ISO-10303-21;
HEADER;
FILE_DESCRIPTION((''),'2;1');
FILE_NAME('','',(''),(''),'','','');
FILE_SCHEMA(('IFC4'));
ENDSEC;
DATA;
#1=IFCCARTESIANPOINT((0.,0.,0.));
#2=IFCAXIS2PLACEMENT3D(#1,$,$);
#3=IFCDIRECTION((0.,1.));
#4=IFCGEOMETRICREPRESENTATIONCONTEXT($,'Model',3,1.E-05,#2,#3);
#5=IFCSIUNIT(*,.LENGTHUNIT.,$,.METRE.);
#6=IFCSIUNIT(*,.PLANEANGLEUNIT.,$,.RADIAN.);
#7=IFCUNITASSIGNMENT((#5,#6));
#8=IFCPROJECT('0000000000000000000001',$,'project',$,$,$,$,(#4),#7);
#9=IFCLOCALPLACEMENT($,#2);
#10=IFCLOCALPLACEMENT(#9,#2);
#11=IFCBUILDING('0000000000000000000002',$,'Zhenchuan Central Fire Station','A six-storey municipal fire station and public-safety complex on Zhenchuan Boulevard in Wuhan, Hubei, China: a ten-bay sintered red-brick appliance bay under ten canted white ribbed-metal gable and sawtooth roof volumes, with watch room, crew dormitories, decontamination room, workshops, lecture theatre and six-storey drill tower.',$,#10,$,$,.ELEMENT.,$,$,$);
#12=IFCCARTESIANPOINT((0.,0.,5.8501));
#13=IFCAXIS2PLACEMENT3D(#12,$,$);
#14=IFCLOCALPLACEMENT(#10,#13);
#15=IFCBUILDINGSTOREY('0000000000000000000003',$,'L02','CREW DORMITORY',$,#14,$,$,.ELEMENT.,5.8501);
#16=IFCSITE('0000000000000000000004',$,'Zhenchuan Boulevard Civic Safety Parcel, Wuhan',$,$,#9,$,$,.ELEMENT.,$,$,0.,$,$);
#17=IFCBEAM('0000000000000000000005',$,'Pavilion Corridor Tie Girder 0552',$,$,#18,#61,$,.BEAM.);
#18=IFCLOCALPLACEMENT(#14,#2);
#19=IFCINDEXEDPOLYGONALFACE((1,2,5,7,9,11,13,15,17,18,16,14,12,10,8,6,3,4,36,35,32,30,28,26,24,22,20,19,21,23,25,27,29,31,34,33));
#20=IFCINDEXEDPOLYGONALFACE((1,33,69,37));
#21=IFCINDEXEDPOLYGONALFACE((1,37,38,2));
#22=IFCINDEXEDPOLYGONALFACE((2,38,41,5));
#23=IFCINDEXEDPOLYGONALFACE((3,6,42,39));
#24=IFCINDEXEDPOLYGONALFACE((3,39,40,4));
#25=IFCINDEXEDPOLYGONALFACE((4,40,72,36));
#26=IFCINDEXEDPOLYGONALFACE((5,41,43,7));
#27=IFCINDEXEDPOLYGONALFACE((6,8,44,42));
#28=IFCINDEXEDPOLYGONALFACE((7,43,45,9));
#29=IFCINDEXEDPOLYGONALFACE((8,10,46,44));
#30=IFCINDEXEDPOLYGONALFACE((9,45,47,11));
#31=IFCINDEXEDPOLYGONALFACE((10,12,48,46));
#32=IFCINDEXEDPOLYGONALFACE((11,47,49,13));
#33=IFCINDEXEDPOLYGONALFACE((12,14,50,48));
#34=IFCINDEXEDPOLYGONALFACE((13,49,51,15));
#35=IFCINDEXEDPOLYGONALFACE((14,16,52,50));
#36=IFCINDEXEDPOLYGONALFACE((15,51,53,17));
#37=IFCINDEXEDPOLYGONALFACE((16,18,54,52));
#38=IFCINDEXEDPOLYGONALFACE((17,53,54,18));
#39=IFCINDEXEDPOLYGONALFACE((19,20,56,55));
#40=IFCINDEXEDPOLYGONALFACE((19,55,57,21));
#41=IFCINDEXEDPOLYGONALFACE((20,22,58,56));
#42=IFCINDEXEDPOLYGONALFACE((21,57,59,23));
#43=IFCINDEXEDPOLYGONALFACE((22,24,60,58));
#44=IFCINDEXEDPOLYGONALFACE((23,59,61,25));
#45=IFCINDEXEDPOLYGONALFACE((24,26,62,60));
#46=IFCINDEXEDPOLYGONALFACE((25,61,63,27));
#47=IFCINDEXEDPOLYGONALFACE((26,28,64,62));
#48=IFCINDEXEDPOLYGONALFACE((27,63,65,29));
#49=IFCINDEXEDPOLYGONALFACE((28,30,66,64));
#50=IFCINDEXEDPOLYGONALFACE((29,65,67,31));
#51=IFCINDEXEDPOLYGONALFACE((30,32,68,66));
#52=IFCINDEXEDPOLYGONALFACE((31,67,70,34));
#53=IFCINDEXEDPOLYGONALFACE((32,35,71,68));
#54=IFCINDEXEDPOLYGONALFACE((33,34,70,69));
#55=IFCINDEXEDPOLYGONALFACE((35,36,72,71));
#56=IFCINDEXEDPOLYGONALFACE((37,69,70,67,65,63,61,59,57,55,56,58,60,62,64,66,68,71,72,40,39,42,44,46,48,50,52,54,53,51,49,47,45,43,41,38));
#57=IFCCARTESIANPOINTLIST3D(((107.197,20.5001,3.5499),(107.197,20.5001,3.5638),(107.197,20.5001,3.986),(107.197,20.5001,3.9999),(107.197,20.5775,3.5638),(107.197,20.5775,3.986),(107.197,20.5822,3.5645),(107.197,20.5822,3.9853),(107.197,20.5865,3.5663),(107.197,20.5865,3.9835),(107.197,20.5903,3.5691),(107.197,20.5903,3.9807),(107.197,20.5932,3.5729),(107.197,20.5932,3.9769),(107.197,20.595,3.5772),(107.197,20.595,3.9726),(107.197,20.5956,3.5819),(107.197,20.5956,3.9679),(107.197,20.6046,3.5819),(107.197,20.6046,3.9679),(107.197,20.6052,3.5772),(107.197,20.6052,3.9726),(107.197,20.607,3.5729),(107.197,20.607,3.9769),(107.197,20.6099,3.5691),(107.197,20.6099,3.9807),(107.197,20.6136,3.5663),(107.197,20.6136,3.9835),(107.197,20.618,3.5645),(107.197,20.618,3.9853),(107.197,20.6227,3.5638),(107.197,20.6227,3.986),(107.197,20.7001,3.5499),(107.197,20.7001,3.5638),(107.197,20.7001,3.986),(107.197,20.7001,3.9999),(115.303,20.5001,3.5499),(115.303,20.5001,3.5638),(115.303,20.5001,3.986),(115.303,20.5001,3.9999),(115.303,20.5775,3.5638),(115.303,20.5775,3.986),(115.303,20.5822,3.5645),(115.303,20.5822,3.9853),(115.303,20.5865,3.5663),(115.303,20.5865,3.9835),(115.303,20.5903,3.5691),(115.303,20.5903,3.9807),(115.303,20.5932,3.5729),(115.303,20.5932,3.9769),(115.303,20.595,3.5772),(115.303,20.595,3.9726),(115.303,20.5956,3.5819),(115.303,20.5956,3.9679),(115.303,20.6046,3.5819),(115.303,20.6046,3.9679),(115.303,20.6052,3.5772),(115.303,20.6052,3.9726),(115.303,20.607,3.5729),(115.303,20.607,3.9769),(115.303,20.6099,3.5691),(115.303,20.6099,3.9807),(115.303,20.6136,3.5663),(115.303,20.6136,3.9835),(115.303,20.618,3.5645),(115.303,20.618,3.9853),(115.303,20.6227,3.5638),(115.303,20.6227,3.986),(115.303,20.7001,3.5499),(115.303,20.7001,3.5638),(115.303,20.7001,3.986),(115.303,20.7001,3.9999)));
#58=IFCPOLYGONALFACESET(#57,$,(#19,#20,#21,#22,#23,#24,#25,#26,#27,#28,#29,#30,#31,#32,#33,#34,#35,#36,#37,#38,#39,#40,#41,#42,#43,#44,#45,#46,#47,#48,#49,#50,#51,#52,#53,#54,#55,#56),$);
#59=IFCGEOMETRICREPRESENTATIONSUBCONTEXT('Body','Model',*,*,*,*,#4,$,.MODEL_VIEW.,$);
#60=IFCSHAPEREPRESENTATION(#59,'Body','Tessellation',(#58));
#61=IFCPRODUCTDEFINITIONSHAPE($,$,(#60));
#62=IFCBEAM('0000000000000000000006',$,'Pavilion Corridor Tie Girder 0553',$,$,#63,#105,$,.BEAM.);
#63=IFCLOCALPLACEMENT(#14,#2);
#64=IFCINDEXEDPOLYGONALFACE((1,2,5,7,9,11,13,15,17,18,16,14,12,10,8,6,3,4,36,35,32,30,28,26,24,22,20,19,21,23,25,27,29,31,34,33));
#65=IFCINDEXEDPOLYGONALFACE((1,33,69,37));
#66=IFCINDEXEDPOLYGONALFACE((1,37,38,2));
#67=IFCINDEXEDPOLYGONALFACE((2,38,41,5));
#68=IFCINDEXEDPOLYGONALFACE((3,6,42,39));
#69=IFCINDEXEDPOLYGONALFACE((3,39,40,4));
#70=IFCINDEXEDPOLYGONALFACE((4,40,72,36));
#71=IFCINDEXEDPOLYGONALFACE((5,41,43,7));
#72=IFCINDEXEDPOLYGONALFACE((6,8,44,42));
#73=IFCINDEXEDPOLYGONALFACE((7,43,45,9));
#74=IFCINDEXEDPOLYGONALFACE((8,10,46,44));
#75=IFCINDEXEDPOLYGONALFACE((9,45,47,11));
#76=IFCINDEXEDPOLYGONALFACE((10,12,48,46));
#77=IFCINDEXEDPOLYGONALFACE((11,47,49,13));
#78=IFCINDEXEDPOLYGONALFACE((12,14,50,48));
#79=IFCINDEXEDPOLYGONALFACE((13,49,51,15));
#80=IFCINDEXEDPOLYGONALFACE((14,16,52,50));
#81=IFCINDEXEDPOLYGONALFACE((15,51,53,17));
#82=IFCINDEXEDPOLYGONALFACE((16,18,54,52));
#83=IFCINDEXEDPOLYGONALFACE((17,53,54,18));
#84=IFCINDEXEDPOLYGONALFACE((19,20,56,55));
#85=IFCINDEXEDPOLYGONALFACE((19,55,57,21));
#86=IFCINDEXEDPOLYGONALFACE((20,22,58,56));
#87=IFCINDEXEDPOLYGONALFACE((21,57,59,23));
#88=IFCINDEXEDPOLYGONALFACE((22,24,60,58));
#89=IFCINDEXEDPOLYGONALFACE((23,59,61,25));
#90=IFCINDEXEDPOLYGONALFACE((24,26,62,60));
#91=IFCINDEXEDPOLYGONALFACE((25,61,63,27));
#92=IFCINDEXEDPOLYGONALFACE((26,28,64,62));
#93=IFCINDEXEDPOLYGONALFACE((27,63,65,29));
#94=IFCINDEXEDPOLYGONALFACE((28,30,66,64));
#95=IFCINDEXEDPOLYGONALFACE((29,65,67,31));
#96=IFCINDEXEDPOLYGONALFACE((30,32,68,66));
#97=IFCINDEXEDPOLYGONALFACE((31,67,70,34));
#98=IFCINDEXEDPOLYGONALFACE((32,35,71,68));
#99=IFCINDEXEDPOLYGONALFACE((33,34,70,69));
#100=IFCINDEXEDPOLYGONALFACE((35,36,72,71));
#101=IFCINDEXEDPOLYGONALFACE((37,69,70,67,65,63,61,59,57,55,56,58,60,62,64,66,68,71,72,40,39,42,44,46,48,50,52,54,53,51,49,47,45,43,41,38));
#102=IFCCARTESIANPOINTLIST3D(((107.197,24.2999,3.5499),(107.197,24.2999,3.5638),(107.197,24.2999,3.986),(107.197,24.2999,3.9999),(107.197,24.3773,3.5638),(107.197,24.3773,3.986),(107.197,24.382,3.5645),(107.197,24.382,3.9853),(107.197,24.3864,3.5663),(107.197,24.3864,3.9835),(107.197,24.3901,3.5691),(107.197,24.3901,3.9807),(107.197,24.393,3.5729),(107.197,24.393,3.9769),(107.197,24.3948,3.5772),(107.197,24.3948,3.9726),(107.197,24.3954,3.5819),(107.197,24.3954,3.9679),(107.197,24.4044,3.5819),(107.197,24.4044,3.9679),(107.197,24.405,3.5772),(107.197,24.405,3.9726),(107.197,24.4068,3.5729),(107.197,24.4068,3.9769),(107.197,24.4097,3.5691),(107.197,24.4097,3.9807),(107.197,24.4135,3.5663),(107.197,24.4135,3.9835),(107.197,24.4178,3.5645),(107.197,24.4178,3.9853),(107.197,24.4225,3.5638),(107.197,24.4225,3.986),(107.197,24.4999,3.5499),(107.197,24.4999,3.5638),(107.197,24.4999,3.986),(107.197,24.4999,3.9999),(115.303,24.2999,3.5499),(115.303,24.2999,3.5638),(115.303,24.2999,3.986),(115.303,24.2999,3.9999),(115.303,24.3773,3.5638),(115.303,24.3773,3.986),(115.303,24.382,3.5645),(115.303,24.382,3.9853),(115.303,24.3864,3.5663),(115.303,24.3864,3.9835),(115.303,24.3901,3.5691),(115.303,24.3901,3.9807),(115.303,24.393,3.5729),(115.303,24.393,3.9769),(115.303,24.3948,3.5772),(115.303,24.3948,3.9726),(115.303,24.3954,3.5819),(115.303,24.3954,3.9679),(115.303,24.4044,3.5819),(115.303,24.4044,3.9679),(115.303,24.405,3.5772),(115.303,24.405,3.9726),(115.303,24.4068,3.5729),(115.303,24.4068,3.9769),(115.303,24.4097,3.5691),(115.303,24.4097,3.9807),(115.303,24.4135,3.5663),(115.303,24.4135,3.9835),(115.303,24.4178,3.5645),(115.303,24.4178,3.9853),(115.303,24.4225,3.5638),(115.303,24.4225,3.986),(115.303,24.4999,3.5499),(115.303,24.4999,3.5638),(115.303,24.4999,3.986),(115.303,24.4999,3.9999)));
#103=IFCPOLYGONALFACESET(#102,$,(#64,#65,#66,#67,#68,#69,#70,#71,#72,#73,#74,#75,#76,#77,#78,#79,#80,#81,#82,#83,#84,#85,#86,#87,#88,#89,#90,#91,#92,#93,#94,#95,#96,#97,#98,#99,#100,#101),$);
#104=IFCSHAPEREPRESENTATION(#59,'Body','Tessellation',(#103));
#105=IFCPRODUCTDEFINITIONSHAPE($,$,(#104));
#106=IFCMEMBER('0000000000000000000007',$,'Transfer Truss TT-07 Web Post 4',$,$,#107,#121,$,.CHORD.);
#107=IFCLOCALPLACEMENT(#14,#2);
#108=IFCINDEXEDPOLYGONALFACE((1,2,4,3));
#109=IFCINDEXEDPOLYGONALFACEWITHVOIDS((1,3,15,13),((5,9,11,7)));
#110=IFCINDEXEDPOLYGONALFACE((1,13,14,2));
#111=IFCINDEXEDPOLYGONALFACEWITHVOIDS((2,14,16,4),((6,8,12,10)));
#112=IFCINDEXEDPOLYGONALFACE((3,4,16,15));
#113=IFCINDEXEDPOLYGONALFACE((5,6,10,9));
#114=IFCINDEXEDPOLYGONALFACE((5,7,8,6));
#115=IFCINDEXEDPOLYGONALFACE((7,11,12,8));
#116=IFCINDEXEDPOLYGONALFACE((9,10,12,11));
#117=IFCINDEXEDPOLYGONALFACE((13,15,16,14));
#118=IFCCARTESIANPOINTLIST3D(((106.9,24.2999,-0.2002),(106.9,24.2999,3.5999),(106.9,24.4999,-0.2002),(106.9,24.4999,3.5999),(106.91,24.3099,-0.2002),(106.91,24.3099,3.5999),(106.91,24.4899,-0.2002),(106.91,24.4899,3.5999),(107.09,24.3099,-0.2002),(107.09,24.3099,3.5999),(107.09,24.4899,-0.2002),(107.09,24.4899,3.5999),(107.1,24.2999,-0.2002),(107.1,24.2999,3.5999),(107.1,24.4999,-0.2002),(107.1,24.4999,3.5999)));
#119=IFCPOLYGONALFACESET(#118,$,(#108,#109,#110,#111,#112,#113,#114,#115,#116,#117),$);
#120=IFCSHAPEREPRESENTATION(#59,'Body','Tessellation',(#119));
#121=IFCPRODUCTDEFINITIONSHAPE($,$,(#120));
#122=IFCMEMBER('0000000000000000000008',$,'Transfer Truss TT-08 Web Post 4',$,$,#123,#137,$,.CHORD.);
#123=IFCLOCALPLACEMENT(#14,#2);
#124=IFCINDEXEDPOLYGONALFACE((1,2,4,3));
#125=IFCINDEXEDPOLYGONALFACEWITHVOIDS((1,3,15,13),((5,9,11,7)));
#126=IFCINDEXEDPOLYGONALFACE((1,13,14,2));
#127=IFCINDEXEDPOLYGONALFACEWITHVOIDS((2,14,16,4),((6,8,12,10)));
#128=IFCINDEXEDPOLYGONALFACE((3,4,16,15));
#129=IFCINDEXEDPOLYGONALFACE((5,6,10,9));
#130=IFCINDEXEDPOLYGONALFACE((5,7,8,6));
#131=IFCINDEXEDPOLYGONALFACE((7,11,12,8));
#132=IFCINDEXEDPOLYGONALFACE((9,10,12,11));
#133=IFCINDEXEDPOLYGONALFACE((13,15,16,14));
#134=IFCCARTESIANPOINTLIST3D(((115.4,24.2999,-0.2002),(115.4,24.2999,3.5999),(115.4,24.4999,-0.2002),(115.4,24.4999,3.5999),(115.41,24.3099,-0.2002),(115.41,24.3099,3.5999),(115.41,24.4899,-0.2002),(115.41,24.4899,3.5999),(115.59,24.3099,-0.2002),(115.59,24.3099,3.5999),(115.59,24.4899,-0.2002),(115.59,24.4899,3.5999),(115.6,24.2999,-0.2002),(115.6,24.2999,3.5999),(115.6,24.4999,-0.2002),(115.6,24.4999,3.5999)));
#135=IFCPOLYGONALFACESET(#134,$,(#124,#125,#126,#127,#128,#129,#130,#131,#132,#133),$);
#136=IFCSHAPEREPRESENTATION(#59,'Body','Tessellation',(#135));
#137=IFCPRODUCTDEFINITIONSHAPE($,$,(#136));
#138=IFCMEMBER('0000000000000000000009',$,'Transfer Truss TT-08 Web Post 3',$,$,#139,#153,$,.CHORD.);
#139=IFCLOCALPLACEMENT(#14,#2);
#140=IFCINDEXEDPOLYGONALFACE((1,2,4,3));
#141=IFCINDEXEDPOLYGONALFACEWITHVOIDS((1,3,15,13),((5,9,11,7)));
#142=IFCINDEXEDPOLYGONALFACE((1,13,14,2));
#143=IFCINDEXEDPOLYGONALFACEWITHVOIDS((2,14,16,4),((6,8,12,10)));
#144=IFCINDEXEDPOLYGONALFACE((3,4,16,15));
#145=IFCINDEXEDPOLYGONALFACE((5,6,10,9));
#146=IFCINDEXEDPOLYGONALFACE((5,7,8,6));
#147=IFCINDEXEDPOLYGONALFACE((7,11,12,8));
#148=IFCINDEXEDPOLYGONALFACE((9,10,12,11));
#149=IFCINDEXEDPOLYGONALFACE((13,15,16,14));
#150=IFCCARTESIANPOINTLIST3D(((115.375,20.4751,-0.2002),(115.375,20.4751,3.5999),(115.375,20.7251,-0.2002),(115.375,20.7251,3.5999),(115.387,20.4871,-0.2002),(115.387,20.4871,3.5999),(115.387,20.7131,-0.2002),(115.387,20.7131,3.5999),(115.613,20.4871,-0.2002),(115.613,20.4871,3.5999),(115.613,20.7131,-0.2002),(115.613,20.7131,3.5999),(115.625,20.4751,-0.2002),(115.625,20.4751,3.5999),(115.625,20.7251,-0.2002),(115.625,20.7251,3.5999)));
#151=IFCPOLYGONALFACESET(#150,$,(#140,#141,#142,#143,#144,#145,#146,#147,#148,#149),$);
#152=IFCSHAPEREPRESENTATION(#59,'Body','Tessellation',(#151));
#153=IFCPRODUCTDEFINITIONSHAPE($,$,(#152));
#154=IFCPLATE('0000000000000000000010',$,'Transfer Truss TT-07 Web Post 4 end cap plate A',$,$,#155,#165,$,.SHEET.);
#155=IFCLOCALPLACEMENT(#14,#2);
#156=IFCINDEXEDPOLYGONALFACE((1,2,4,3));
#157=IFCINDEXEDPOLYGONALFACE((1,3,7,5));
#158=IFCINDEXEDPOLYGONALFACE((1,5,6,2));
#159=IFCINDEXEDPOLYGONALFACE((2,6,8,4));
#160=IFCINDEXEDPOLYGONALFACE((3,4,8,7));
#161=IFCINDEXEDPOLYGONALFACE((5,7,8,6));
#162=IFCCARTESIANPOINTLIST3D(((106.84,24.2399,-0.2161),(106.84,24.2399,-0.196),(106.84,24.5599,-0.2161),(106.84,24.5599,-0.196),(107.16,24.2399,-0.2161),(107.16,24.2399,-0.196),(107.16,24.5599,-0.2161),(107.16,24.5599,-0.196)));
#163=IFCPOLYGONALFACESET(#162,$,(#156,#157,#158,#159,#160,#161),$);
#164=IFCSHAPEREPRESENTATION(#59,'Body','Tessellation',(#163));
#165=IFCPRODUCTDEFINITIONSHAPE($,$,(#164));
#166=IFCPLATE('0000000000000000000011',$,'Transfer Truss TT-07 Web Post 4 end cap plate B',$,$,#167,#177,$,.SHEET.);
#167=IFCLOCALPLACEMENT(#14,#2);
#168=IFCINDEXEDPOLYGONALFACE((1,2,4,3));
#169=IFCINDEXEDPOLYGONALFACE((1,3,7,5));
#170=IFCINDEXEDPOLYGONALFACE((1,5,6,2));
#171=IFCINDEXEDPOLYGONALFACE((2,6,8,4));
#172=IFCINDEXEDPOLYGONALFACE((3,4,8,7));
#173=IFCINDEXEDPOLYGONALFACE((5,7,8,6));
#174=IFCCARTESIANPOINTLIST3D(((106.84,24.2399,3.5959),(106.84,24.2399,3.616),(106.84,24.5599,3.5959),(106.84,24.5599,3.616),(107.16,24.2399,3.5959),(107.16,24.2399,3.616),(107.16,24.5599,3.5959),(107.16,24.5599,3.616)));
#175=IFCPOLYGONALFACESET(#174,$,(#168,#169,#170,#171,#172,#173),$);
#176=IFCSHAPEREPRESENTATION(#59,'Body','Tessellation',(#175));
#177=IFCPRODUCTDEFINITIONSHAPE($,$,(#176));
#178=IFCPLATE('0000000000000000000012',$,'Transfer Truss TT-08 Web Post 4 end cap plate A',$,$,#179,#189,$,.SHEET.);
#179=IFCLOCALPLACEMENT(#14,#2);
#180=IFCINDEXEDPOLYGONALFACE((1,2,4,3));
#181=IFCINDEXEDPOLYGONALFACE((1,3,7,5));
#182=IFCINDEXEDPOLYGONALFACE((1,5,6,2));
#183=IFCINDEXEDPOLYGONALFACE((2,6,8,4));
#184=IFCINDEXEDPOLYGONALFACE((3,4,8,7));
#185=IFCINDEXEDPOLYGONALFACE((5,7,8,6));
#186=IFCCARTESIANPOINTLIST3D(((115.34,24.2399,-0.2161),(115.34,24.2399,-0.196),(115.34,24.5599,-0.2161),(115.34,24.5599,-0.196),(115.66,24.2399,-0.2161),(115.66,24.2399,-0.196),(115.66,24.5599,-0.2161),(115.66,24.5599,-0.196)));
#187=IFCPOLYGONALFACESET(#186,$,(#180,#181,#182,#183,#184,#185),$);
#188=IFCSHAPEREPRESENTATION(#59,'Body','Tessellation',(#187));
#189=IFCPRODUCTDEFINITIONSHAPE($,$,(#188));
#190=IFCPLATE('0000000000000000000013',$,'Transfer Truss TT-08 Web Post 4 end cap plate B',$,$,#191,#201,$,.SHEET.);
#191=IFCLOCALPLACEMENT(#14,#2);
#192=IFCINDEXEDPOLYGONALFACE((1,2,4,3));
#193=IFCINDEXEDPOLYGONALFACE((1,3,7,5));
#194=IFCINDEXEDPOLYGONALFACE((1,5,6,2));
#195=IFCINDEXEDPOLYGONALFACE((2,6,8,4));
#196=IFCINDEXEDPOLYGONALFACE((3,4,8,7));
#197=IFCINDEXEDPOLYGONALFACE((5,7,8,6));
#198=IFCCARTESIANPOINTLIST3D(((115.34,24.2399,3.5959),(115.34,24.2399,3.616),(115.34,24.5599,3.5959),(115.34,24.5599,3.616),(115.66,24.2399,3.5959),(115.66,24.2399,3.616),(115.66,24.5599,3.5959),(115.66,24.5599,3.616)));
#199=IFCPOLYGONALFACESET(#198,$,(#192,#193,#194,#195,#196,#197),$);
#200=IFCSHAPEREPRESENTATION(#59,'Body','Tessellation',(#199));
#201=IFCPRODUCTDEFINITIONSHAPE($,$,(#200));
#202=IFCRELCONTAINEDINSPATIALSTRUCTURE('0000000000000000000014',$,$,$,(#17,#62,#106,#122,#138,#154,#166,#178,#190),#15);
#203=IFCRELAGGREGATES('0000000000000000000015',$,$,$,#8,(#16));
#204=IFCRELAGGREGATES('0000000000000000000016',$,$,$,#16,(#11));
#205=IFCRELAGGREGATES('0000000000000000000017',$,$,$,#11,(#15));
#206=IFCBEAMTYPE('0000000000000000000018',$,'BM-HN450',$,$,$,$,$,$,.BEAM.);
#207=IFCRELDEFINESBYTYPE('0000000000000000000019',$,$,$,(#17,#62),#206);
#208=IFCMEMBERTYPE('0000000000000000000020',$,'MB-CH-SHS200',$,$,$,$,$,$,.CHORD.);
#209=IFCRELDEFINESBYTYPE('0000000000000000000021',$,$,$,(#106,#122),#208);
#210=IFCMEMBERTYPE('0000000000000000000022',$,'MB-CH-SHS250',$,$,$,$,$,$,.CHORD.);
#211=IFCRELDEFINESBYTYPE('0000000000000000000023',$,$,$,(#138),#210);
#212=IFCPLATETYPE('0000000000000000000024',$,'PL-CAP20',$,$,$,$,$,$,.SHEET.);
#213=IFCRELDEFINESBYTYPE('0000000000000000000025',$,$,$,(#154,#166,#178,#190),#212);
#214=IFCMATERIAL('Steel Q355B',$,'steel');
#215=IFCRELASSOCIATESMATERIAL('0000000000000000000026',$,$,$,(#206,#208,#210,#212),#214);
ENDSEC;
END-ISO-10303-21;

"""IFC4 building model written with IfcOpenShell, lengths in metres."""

from ifc_helpers import new_model, si_unit, direction, frame, origin, origin_2d, place, context, subcontext, project, spatial, rectangle, hollow_rectangle, i_section, extrude, material, material_profile, profile_set, type_object, element, save


model = new_model("IFC4")

# Units and contexts
model_context = context("Model", 3, precision=1e-05, world=origin(), true_north=direction((0.0, 1.0)))
body_context = subcontext(model_context, "Body", "Model", "MODEL_VIEW")
ifc_project = project(units=[si_unit("LENGTHUNIT", "METRE"), si_unit("PLANEANGLEUNIT", "RADIAN")], contexts=[model_context])

# Site, building, storey
site_placement = place(None, origin())
site = spatial("IfcSite", under=ifc_project, at=site_placement, Name="Zhenchuan Boulevard Civic Safety Parcel, Wuhan", CompositionType="ELEMENT", RefElevation=0.0)
building_placement = place(site_placement, origin())
building = spatial("IfcBuilding", under=site, at=building_placement, Name="Zhenchuan Central Fire Station", Description="A six-storey municipal fire station and public-safety complex on Zhenchuan Boulevard in Wuhan, Hubei, China: a ten-bay sintered red-brick appliance bay under ten canted white ribbed-metal gable and sawtooth roof volumes, with watch room, crew dormitories, decontamination room, workshops, lecture theatre and six-storey drill tower.", CompositionType="ELEMENT")
storey_placement = place(building_placement, frame((0.0, 0.0, 5.8501)))
storey = spatial("IfcBuildingStorey", under=building, at=storey_placement, Name="L02", Description="CREW DORMITORY", CompositionType="ELEMENT", Elevation=5.8501)

# Beams
ifc_material_1 = material(Name="Steel Q355B", Category="steel")
ifc_material_profile_1 = material_profile(ifc_material_1, i_section(OverallWidth=0.2, OverallDepth=0.45, WebThickness=0.009, FlangeThickness=0.0139, FilletRadius=0.0181, at=origin_2d()), Name="HN 450x200")
ifc_profile_set_1 = profile_set([ifc_material_profile_1], Name="Steel Q355B")
beam_type = type_object("IfcBeamType", Name="BM-HN450", PredefinedType="BEAM", material=ifc_profile_set_1)
for number, where, z_axis, x_axis, name in (
    (1, (107.197, 20.6001, 3.7749), (1.0, 0.0, 0.0), (0.0, 1.0, 0.0), "Pavilion Corridor Tie Girder 0552"),
    (2, (107.197, 24.3999, 3.7749), (1.0, 0.0, 0.0), (0.0, 1.0, 0.0), "Pavilion Corridor Tie Girder 0553"),
):
    element("IfcBeam", number, at=place(storey_placement, frame(where, z_axis=z_axis, x_axis=x_axis)), inside=storey, type_object=beam_type, Name=name, PredefinedType="BEAM", context=body_context, shape_type="SweptSolid", body=[
        extrude(i_section(OverallWidth=0.2, OverallDepth=0.45, WebThickness=0.009, FlangeThickness=0.0139, FilletRadius=0.0181, at=origin_2d()), origin(), (0.0, 0.0, 1.0), 8.106),
    ])

# Members
ifc_material_profile_2 = material_profile(ifc_material_1, hollow_rectangle(XDim=0.2, YDim=0.2, WallThickness=0.01, at=origin_2d()), Name="SHS 200x200x10")
ifc_profile_set_2 = profile_set([ifc_material_profile_2], Name="Steel Q355B")
member_type_1 = type_object("IfcMemberType", Name="MB-CH-SHS200", PredefinedType="CHORD", material=ifc_profile_set_2)
for number, where, z_axis, x_axis, name in (
    (3, (107.0, 24.3999, -0.2002), (0.0, 0.0, 1.0), (1.0, 0.0, 0.0), "Transfer Truss TT-07 Web Post 4"),
    (4, (115.5, 24.3999, -0.2002), (0.0, 0.0, 1.0), (1.0, 0.0, 0.0), "Transfer Truss TT-08 Web Post 4"),
):
    element("IfcMember", number, at=place(storey_placement, frame(where, z_axis=z_axis, x_axis=x_axis)), inside=storey, type_object=member_type_1, Name=name, PredefinedType="CHORD", context=body_context, shape_type="SweptSolid", body=[
        extrude(hollow_rectangle(XDim=0.2, YDim=0.2, WallThickness=0.01, at=origin_2d()), origin(), (0.0, 0.0, 1.0), 3.8),
    ])
ifc_material_profile_3 = material_profile(ifc_material_1, hollow_rectangle(XDim=0.25, YDim=0.25, WallThickness=0.012, at=origin_2d()), Name="SHS 250x250x12")
ifc_profile_set_3 = profile_set([ifc_material_profile_3], Name="Steel Q355B")
member_type_2 = type_object("IfcMemberType", Name="MB-CH-SHS250", PredefinedType="CHORD", material=ifc_profile_set_3)
member_placement = place(storey_placement, frame((115.5, 20.6001, -0.2002), z_axis=(0.0, 0.0, 1.0), x_axis=(1.0, 0.0, 0.0)))
element("IfcMember", 5, at=member_placement, inside=storey, type_object=member_type_2, Name="Transfer Truss TT-08 Web Post 3", PredefinedType="CHORD", context=body_context, shape_type="SweptSolid", body=[
    extrude(hollow_rectangle(XDim=0.25, YDim=0.25, WallThickness=0.012, at=origin_2d()), origin(), (0.0, 0.0, 1.0), 3.8),
])

# Plates
ifc_material_profile_4 = material_profile(ifc_material_1, rectangle(XDim=0.3201, YDim=0.3201, at=origin_2d()), Name="PL 320x320x20")
ifc_profile_set_4 = profile_set([ifc_material_profile_4], Name="Steel Q355B")
plate_type_1 = type_object("IfcPlateType", Name="PL-CAP20", PredefinedType="SHEET", material=ifc_profile_set_4)
for number, where, z_axis, x_axis, name in (
    (6, (107.0, 24.3999, -0.2161), (0.0, 0.0, 1.0), (1.0, 0.0, 0.0), "Transfer Truss TT-07 Web Post 4 end cap plate A"),
    (7, (107.0, 24.3999, 3.5959), (0.0, 0.0, 1.0), (1.0, 0.0, 0.0), "Transfer Truss TT-07 Web Post 4 end cap plate B"),
    (8, (115.5, 24.3999, -0.2161), (0.0, 0.0, 1.0), (1.0, 0.0, 0.0), "Transfer Truss TT-08 Web Post 4 end cap plate A"),
    (9, (115.5, 24.3999, 3.5959), (0.0, 0.0, 1.0), (1.0, 0.0, 0.0), "Transfer Truss TT-08 Web Post 4 end cap plate B"),
):
    element("IfcPlate", number, at=place(storey_placement, frame(where, z_axis=z_axis, x_axis=x_axis)), inside=storey, type_object=plate_type_1, Name=name, PredefinedType="SHEET", context=body_context, shape_type="SweptSolid", body=[
        extrude(rectangle(XDim=0.3201, YDim=0.3201, at=origin_2d()), origin(), (0.0, 0.0, 1.0), 0.02),
    ])

save(model, "model.ifc")
